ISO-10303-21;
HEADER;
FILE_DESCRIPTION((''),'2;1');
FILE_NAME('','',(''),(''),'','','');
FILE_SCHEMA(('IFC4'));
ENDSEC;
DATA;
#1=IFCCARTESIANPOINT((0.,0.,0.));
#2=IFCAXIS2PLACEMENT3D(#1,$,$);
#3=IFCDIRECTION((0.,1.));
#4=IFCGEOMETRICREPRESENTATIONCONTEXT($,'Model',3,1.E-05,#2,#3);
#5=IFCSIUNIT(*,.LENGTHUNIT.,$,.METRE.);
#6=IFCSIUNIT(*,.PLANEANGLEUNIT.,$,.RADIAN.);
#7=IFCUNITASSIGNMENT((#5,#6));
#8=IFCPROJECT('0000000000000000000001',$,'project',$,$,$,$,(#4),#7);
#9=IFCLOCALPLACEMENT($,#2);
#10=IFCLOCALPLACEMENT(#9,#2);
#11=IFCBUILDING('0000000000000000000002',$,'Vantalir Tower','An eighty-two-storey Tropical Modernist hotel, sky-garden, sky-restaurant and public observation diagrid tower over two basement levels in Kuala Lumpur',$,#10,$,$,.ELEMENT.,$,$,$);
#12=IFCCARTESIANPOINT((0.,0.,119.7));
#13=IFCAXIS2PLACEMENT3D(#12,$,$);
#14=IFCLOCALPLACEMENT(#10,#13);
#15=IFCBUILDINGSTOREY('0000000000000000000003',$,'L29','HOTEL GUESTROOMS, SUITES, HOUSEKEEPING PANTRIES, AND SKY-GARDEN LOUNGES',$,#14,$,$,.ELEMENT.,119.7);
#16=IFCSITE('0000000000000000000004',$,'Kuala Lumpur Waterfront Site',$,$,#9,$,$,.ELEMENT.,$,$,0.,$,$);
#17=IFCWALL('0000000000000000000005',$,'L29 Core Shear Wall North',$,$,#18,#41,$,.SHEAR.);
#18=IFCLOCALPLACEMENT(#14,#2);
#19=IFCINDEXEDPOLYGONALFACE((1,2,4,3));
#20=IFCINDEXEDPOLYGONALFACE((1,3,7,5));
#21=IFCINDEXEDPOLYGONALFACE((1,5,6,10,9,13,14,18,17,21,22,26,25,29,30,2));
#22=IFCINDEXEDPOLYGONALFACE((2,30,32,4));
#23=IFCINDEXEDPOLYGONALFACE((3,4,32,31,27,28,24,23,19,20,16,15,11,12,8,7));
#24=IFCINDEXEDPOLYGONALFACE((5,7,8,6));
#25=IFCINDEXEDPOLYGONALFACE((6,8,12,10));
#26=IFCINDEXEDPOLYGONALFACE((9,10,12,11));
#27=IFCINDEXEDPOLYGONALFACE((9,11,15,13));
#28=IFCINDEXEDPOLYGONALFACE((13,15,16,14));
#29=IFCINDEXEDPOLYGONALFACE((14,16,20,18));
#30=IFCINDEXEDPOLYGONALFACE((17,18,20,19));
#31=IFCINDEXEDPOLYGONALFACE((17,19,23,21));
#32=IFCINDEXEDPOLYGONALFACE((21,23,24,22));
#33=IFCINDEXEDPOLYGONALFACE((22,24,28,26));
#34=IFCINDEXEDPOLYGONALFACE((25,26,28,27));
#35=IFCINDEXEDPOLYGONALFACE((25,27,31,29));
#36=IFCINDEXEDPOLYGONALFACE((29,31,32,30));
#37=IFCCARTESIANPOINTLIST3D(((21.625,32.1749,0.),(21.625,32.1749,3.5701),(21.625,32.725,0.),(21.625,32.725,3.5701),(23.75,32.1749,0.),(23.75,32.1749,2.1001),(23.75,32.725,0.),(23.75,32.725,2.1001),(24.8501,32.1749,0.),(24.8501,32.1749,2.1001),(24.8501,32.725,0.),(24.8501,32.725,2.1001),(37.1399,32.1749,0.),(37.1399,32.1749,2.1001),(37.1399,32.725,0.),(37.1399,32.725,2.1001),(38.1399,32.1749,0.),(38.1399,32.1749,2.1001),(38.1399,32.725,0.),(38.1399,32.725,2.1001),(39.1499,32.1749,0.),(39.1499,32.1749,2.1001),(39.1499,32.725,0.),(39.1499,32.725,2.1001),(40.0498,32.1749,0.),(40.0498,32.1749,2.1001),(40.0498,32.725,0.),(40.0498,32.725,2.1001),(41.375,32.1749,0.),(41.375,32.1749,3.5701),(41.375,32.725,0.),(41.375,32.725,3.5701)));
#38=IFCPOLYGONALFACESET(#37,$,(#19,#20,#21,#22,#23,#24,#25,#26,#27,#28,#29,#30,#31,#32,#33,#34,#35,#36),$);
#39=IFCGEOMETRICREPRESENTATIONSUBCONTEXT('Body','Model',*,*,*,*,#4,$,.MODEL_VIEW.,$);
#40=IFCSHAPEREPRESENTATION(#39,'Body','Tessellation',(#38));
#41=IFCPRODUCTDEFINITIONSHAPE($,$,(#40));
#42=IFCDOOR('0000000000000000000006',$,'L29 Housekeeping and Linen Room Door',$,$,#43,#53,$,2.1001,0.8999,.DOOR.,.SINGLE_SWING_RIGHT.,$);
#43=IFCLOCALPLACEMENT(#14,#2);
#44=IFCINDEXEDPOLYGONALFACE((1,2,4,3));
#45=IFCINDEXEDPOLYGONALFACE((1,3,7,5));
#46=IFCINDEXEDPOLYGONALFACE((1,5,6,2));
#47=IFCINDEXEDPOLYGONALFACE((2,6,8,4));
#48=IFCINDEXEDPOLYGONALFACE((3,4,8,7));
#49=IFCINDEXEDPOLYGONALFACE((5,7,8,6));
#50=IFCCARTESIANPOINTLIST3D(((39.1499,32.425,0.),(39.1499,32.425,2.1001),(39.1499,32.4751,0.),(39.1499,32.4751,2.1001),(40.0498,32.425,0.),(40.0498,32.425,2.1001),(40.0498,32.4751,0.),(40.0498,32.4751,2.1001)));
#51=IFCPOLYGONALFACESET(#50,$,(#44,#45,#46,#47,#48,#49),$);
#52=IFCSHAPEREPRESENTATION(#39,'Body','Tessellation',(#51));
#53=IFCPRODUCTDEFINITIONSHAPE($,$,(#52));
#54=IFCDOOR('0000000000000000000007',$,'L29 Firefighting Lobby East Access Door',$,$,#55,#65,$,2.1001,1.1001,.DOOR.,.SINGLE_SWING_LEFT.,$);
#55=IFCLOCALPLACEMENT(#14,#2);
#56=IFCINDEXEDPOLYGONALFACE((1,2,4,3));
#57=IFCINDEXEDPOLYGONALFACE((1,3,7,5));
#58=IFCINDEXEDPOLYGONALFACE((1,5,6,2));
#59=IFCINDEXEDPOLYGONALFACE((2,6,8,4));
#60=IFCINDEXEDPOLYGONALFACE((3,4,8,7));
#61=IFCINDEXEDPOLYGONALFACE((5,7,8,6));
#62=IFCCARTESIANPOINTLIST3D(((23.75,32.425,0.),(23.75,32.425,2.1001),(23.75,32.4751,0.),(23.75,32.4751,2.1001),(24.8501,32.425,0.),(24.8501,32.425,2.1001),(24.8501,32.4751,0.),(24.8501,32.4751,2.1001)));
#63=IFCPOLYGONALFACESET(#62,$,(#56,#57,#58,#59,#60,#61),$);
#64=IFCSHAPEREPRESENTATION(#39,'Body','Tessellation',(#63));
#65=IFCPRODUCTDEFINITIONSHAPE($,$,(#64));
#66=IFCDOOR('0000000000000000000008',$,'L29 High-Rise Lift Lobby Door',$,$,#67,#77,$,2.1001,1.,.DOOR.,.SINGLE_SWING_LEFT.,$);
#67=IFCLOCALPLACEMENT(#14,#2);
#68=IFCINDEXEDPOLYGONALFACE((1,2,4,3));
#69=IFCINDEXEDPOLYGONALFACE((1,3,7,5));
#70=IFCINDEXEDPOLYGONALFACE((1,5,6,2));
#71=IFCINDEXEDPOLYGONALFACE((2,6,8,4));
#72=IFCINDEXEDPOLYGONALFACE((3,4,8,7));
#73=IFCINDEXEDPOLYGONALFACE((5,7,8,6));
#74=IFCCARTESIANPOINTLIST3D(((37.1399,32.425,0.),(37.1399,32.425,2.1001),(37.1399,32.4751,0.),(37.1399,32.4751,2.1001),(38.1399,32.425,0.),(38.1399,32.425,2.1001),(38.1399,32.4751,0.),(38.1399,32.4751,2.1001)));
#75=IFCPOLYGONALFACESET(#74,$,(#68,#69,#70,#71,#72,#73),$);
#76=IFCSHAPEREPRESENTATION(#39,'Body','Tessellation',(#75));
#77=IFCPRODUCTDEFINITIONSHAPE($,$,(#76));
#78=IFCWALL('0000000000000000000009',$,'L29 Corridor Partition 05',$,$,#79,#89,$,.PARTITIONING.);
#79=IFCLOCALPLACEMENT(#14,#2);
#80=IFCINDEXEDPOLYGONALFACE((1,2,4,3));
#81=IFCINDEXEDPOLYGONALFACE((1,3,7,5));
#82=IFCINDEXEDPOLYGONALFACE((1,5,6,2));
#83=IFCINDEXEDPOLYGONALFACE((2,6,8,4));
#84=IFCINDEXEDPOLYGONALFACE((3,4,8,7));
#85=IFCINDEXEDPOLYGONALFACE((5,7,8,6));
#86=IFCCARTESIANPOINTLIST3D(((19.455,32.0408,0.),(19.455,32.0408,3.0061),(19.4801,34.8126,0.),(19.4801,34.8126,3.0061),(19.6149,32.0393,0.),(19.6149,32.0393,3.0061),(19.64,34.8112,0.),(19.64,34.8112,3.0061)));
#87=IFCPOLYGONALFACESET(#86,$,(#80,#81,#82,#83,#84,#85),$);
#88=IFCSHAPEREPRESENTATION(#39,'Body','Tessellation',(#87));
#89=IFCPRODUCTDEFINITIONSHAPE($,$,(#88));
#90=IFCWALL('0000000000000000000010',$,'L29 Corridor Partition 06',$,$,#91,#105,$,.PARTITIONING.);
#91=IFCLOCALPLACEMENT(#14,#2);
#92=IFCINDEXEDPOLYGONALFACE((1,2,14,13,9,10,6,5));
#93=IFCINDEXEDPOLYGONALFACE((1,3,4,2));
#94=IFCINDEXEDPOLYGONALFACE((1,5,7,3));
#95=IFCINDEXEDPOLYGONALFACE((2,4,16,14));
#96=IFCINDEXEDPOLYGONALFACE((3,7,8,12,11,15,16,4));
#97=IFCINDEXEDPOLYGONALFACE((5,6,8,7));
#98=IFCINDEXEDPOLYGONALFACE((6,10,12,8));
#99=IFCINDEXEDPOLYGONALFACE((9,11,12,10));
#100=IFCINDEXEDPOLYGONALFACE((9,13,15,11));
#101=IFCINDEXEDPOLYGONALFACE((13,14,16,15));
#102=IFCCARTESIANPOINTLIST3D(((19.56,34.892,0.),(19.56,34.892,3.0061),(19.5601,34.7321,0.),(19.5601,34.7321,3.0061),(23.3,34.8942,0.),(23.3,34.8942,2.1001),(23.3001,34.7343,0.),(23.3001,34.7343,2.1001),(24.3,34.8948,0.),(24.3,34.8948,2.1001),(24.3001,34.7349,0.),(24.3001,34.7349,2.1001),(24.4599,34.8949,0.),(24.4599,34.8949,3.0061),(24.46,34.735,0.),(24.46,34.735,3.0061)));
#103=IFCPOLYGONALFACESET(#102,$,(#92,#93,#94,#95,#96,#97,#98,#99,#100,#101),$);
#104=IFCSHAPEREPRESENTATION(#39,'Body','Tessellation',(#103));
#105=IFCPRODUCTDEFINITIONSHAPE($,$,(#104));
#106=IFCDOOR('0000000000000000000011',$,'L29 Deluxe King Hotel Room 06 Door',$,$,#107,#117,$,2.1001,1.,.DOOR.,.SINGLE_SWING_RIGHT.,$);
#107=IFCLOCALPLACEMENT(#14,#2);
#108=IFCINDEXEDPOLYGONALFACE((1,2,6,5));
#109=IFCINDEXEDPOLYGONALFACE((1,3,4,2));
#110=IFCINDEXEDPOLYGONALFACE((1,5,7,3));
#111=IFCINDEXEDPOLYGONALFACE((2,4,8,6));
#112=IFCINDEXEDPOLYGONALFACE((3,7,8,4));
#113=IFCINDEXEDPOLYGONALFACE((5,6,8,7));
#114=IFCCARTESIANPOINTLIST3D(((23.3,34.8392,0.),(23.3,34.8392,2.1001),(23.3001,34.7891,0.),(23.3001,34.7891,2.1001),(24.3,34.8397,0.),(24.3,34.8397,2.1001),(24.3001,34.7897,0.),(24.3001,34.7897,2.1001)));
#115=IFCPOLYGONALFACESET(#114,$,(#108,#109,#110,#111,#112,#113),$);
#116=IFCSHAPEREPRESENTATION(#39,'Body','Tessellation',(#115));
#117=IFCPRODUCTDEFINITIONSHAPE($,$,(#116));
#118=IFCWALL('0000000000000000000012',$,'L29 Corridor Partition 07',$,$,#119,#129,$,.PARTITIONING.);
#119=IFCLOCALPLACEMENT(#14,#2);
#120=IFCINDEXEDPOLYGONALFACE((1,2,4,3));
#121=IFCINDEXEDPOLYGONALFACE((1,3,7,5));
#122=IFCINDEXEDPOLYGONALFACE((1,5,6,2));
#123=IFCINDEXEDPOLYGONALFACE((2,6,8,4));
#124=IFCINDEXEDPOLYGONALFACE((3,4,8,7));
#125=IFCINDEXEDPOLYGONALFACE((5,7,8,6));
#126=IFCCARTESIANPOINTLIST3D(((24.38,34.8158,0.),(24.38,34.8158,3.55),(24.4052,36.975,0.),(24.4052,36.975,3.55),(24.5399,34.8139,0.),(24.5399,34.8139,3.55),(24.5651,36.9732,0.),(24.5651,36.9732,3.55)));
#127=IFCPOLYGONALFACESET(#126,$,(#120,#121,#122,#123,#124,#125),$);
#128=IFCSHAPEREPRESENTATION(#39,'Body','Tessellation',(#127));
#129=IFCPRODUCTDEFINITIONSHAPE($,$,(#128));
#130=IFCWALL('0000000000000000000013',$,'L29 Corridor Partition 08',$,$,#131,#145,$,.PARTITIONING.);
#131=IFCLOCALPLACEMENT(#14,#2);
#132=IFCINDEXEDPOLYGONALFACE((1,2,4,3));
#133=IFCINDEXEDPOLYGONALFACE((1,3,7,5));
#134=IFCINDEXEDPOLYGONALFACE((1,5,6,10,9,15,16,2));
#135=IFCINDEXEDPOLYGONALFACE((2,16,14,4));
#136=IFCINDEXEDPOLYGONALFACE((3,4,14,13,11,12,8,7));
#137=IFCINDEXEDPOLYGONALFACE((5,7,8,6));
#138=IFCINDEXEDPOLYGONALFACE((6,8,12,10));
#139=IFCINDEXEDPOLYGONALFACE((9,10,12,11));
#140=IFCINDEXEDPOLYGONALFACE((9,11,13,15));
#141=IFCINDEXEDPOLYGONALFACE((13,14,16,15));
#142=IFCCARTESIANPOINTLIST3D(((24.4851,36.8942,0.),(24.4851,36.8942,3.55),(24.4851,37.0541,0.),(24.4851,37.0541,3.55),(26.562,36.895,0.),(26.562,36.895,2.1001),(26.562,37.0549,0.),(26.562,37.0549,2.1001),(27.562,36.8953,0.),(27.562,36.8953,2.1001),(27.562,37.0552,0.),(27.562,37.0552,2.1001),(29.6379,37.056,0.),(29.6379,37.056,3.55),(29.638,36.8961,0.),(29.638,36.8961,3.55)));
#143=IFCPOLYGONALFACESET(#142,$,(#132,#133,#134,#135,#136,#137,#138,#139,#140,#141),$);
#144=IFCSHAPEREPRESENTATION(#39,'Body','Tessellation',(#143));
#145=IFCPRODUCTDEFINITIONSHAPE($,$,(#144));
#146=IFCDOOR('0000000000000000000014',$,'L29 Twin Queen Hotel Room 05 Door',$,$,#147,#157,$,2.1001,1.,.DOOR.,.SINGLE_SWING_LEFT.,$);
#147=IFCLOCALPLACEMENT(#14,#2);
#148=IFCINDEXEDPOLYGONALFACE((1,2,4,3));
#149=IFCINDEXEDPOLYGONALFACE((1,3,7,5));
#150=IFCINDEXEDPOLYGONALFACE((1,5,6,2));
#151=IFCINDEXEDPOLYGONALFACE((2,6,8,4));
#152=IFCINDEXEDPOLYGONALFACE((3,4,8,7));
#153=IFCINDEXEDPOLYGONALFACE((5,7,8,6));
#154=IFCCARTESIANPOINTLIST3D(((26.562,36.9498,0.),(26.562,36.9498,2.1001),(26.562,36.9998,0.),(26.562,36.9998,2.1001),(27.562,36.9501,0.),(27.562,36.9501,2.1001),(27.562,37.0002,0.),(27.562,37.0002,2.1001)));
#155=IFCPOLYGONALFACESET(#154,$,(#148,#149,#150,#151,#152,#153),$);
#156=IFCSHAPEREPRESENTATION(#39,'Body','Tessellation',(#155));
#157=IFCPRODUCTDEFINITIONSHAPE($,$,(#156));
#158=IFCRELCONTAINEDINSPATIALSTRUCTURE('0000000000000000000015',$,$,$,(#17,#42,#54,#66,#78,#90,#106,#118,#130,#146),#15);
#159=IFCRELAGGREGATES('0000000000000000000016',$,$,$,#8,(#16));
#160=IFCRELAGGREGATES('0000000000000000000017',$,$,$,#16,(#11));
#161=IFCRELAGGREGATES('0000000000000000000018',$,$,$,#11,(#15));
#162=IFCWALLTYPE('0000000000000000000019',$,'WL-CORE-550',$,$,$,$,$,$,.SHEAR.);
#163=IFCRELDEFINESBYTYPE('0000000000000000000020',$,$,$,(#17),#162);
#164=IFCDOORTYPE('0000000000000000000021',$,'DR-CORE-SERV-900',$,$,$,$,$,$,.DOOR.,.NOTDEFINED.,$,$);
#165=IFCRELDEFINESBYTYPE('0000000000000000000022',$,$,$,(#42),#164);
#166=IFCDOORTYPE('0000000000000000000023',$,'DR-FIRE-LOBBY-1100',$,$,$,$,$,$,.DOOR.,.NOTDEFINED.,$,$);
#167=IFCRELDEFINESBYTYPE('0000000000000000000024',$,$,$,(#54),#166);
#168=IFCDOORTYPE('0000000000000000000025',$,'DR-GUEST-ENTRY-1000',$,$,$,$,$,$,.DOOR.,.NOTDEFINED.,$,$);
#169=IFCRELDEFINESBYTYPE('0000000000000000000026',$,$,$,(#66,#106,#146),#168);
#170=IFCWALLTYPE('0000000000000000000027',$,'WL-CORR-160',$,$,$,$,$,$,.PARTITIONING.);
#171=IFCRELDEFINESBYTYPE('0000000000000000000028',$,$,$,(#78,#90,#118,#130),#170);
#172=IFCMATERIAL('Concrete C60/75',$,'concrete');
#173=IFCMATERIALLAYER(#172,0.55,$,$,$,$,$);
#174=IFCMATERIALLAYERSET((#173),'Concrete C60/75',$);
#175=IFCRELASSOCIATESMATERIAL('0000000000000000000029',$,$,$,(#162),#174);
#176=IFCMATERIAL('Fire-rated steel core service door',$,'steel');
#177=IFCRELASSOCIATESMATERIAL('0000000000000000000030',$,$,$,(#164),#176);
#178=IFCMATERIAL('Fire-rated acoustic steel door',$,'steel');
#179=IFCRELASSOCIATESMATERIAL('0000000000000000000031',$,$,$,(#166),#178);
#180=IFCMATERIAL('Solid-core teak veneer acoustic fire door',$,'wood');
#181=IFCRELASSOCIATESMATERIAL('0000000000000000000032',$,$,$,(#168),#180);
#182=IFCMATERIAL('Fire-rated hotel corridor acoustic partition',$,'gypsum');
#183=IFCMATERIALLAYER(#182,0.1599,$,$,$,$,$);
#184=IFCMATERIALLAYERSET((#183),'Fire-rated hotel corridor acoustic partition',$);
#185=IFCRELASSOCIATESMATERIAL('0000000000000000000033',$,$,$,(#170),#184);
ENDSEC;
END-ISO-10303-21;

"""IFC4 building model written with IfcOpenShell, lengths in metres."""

from ifc_helpers import new_model, si_unit, direction, frame, frame_2d, origin, place, context, subcontext, project, spatial, rectangle, extrude, material, layer, layer_set, type_object, element, fill, save


model = new_model("IFC4")

# Units and contexts
model_context = context("Model", 3, precision=1e-05, world=origin(), true_north=direction((0.0, 1.0)))
body_context = subcontext(model_context, "Body", "Model", "MODEL_VIEW")
ifc_project = project(units=[si_unit("LENGTHUNIT", "METRE"), si_unit("PLANEANGLEUNIT", "RADIAN")], contexts=[model_context])

# Site, building, storey
site_placement = place(None, origin())
site = spatial("IfcSite", under=ifc_project, at=site_placement, Name="Kuala Lumpur Waterfront Site", CompositionType="ELEMENT", RefElevation=0.0)
building_placement = place(site_placement, origin())
building = spatial("IfcBuilding", under=site, at=building_placement, Name="Vantalir Tower", Description="An eighty-two-storey Tropical Modernist hotel, sky-garden, sky-restaurant and public observation diagrid tower over two basement levels in Kuala Lumpur", CompositionType="ELEMENT")
storey_placement = place(building_placement, frame((0.0, 0.0, 119.7)))
storey = spatial("IfcBuildingStorey", under=building, at=storey_placement, Name="L29", Description="HOTEL GUESTROOMS, SUITES, HOUSEKEEPING PANTRIES, AND SKY-GARDEN LOUNGES", CompositionType="ELEMENT", Elevation=119.7)

# Shared definitions
ifc_material_1 = material(Name="Concrete C60/75", Category="concrete")

# Wall, openings, doors
ifc_layer_1 = layer(ifc_material_1, 0.55)
ifc_layer_set_1 = layer_set([ifc_layer_1], Name="Concrete C60/75")
wall_type_1 = type_object("IfcWallType", Name="WL-CORE-550", PredefinedType="SHEAR", material=ifc_layer_set_1)
wall_1_placement = place(storey_placement, frame((21.625, 32.45, 0.0), z_axis=(0.0, 0.0, 1.0), x_axis=(1.0, 0.0, 0.0)))
wall_1 = element("IfcWall", 1, at=wall_1_placement, inside=storey, type_object=wall_type_1, Name="L29 Core Shear Wall North", PredefinedType="SHEAR", context=body_context, shape_type="SweptSolid", body=[
    extrude(rectangle(XDim=19.75, YDim=0.55, at=frame_2d((9.875, 0.0))), origin(), (0.0, 0.0, 1.0), 3.5701),
])
opening_1_placement = place(wall_1_placement, frame((2.125, 0.0, 0.0)))
opening_1 = element("IfcOpeningElement", 2, at=opening_1_placement, cuts=wall_1, PredefinedType="OPENING", context=body_context, shape_type="SweptSolid", body=[
    extrude(rectangle(XDim=1.1001, YDim=2.1001, at=frame_2d((0.55, 1.05))), frame((0.0, 0.2849, 0.0), z_axis=(0.0, -1.0, 0.0), x_axis=(1.0, 0.0, 0.0)), (0.0, 0.0, 1.0), 0.5701),
])
opening_2_placement = place(wall_1_placement, frame((15.5149, 0.0, 0.0)))
opening_2 = element("IfcOpeningElement", 3, at=opening_2_placement, cuts=wall_1, PredefinedType="OPENING", context=body_context, shape_type="SweptSolid", body=[
    extrude(rectangle(XDim=1.0, YDim=2.1001, at=frame_2d((0.5, 1.05))), frame((0.0, 0.2849, 0.0), z_axis=(0.0, -1.0, 0.0), x_axis=(1.0, 0.0, 0.0)), (0.0, 0.0, 1.0), 0.5701),
])
opening_3_placement = place(wall_1_placement, frame((17.5249, 0.0, 0.0)))
opening_3 = element("IfcOpeningElement", 4, at=opening_3_placement, cuts=wall_1, PredefinedType="OPENING", context=body_context, shape_type="SweptSolid", body=[
    extrude(rectangle(XDim=0.8999, YDim=2.1001, at=frame_2d((0.45, 1.05))), frame((0.0, 0.2849, 0.0), z_axis=(0.0, -1.0, 0.0), x_axis=(1.0, 0.0, 0.0)), (0.0, 0.0, 1.0), 0.5701),
])
ifc_material_2 = material(Name="Fire-rated steel core service door", Category="steel")
door_type_1 = type_object("IfcDoorType", Name="DR-CORE-SERV-900", OperationType="NOTDEFINED", PredefinedType="DOOR", material=ifc_material_2)
door_1_placement = place(opening_3_placement, frame((0.8999, 0.0, 0.0), z_axis=(0.0, 0.0, 1.0), x_axis=(-1.0, 0.0, 0.0)))
door_1 = element("IfcDoor", 5, at=door_1_placement, inside=storey, type_object=door_type_1, Name="L29 Housekeeping and Linen Room Door", OperationType="SINGLE_SWING_RIGHT", OverallHeight=2.1001, OverallWidth=0.8999, PredefinedType="DOOR", context=body_context, shape_type="SweptSolid", body=[
    extrude(rectangle(XDim=0.8999, YDim=2.1001, at=frame_2d((0.45, 1.05))), frame((0.0, 0.0249, 0.0), z_axis=(0.0, -1.0, 0.0), x_axis=(1.0, 0.0, 0.0)), (0.0, 0.0, 1.0), 0.05),
])
fill(opening_3, door_1)
ifc_material_3 = material(Name="Fire-rated acoustic steel door", Category="steel")
door_type_2 = type_object("IfcDoorType", Name="DR-FIRE-LOBBY-1100", OperationType="NOTDEFINED", PredefinedType="DOOR", material=ifc_material_3)
door_2_placement = place(opening_1_placement, frame((1.1001, 0.0, 0.0), z_axis=(0.0, 0.0, 1.0), x_axis=(-1.0, 0.0, 0.0)))
door_2 = element("IfcDoor", 6, at=door_2_placement, inside=storey, type_object=door_type_2, Name="L29 Firefighting Lobby East Access Door", OperationType="SINGLE_SWING_LEFT", OverallHeight=2.1001, OverallWidth=1.1001, PredefinedType="DOOR", context=body_context, shape_type="SweptSolid", body=[
    extrude(rectangle(XDim=1.1001, YDim=2.1001, at=frame_2d((0.55, 1.05))), frame((0.0, 0.0249, 0.0), z_axis=(0.0, -1.0, 0.0), x_axis=(1.0, 0.0, 0.0)), (0.0, 0.0, 1.0), 0.05),
])
fill(opening_1, door_2)
ifc_material_4 = material(Name="Solid-core teak veneer acoustic fire door", Category="wood")
door_type_3 = type_object("IfcDoorType", Name="DR-GUEST-ENTRY-1000", OperationType="NOTDEFINED", PredefinedType="DOOR", material=ifc_material_4)
door_3_placement = place(opening_2_placement, frame((1.0, 0.0, 0.0), z_axis=(0.0, 0.0, 1.0), x_axis=(-1.0, 0.0, 0.0)))
door_3 = element("IfcDoor", 7, at=door_3_placement, inside=storey, type_object=door_type_3, Name="L29 High-Rise Lift Lobby Door", OperationType="SINGLE_SWING_LEFT", OverallHeight=2.1001, OverallWidth=1.0, PredefinedType="DOOR", context=body_context, shape_type="SweptSolid", body=[
    extrude(rectangle(XDim=1.0, YDim=2.1001, at=frame_2d((0.5, 1.05))), frame((0.0, 0.0249, 0.0), z_axis=(0.0, -1.0, 0.0), x_axis=(1.0, 0.0, 0.0)), (0.0, 0.0, 1.0), 0.05),
])
fill(opening_2, door_3)

# Wall
ifc_material_5 = material(Name="Fire-rated hotel corridor acoustic partition", Category="gypsum")
ifc_layer_2 = layer(ifc_material_5, 0.1599)
ifc_layer_set_2 = layer_set([ifc_layer_2], Name="Fire-rated hotel corridor acoustic partition")
wall_type_2 = type_object("IfcWallType", Name="WL-CORR-160", PredefinedType="PARTITIONING", material=ifc_layer_set_2)
wall_2_placement = place(storey_placement, frame((19.5349, 32.04, 0.0), z_axis=(0.0, 0.0, 1.0), x_axis=(0.009071, 0.999959, 0.0)))
element("IfcWall", 8, at=wall_2_placement, inside=storey, type_object=wall_type_2, Name="L29 Corridor Partition 05", PredefinedType="PARTITIONING", context=body_context, shape_type="SweptSolid", body=[
    extrude(rectangle(XDim=2.772, YDim=0.1599, at=frame_2d((1.386, 0.0))), origin(), (0.0, 0.0, 1.0), 3.0061),
])

# Wall, opening, door
wall_3_placement = place(storey_placement, frame((19.5601, 34.812, 0.0), z_axis=(0.0, 0.0, 1.0), x_axis=(1.0, 0.000598, 0.0)))
wall_3 = element("IfcWall", 9, at=wall_3_placement, inside=storey, type_object=wall_type_2, Name="L29 Corridor Partition 06", PredefinedType="PARTITIONING", context=body_context, shape_type="SweptSolid", body=[
    extrude(rectangle(XDim=4.8999, YDim=0.1599, at=frame_2d((2.45, 0.0))), origin(), (0.0, 0.0, 1.0), 3.0061),
])
opening_4_placement = place(wall_3_placement, frame((3.74, 0.0, 0.0)))
opening_4 = element("IfcOpeningElement", 10, at=opening_4_placement, cuts=wall_3, PredefinedType="OPENING", context=body_context, shape_type="SweptSolid", body=[
    extrude(rectangle(XDim=1.0, YDim=2.1001, at=frame_2d((0.5, 1.05))), frame((0.0, 0.0898, 0.0), z_axis=(0.0, -1.0, 0.0), x_axis=(1.0, 0.0, 0.0)), (0.0, 0.0, 1.0), 0.1799),
])
door_4_placement = place(opening_4_placement, origin())
door_4 = element("IfcDoor", 11, at=door_4_placement, inside=storey, type_object=door_type_3, Name="L29 Deluxe King Hotel Room 06 Door", OperationType="SINGLE_SWING_RIGHT", OverallHeight=2.1001, OverallWidth=1.0, PredefinedType="DOOR", context=body_context, shape_type="SweptSolid", body=[
    extrude(rectangle(XDim=1.0, YDim=2.1001, at=frame_2d((0.5, 1.05))), frame((0.0, 0.0249, 0.0), z_axis=(0.0, -1.0, 0.0), x_axis=(1.0, 0.0, 0.0)), (0.0, 0.0, 1.0), 0.05),
])
fill(opening_4, door_4)

# Wall
wall_4_placement = place(storey_placement, frame((24.46, 34.8149, 0.0), z_axis=(0.0, 0.0, 1.0), x_axis=(0.011646, 0.999932, 0.0)))
element("IfcWall", 12, at=wall_4_placement, inside=storey, type_object=wall_type_2, Name="L29 Corridor Partition 07", PredefinedType="PARTITIONING", context=body_context, shape_type="SweptSolid", body=[
    extrude(rectangle(XDim=2.1594, YDim=0.1599, at=frame_2d((1.0796, 0.0))), origin(), (0.0, 0.0, 1.0), 3.55),
])

# Wall, opening, door
wall_5_placement = place(storey_placement, frame((24.4851, 36.9741, 0.0), z_axis=(0.0, 0.0, 1.0), x_axis=(1.0, 0.000379, 0.0)))
wall_5 = element("IfcWall", 13, at=wall_5_placement, inside=storey, type_object=wall_type_2, Name="L29 Corridor Partition 08", PredefinedType="PARTITIONING", context=body_context, shape_type="SweptSolid", body=[
    extrude(rectangle(XDim=5.1528, YDim=0.1599, at=frame_2d((2.5764, 0.0))), origin(), (0.0, 0.0, 1.0), 3.55),
])
opening_5_placement = place(wall_5_placement, frame((2.0769, 0.0, 0.0)))
opening_5 = element("IfcOpeningElement", 14, at=opening_5_placement, cuts=wall_5, PredefinedType="OPENING", context=body_context, shape_type="SweptSolid", body=[
    extrude(rectangle(XDim=1.0, YDim=2.1001, at=frame_2d((0.5, 1.05))), frame((0.0, 0.0898, 0.0), z_axis=(0.0, -1.0, 0.0), x_axis=(1.0, 0.0, 0.0)), (0.0, 0.0, 1.0), 0.1799),
])
door_5_placement = place(opening_5_placement, origin())
door_5 = element("IfcDoor", 15, at=door_5_placement, inside=storey, type_object=door_type_3, Name="L29 Twin Queen Hotel Room 05 Door", OperationType="SINGLE_SWING_LEFT", OverallHeight=2.1001, OverallWidth=1.0, PredefinedType="DOOR", context=body_context, shape_type="SweptSolid", body=[
    extrude(rectangle(XDim=1.0, YDim=2.1001, at=frame_2d((0.5, 1.05))), frame((0.0, 0.0249, 0.0), z_axis=(0.0, -1.0, 0.0), x_axis=(1.0, 0.0, 0.0)), (0.0, 0.0, 1.0), 0.05),
])
fill(opening_5, door_5)

save(model, "model.ifc")
